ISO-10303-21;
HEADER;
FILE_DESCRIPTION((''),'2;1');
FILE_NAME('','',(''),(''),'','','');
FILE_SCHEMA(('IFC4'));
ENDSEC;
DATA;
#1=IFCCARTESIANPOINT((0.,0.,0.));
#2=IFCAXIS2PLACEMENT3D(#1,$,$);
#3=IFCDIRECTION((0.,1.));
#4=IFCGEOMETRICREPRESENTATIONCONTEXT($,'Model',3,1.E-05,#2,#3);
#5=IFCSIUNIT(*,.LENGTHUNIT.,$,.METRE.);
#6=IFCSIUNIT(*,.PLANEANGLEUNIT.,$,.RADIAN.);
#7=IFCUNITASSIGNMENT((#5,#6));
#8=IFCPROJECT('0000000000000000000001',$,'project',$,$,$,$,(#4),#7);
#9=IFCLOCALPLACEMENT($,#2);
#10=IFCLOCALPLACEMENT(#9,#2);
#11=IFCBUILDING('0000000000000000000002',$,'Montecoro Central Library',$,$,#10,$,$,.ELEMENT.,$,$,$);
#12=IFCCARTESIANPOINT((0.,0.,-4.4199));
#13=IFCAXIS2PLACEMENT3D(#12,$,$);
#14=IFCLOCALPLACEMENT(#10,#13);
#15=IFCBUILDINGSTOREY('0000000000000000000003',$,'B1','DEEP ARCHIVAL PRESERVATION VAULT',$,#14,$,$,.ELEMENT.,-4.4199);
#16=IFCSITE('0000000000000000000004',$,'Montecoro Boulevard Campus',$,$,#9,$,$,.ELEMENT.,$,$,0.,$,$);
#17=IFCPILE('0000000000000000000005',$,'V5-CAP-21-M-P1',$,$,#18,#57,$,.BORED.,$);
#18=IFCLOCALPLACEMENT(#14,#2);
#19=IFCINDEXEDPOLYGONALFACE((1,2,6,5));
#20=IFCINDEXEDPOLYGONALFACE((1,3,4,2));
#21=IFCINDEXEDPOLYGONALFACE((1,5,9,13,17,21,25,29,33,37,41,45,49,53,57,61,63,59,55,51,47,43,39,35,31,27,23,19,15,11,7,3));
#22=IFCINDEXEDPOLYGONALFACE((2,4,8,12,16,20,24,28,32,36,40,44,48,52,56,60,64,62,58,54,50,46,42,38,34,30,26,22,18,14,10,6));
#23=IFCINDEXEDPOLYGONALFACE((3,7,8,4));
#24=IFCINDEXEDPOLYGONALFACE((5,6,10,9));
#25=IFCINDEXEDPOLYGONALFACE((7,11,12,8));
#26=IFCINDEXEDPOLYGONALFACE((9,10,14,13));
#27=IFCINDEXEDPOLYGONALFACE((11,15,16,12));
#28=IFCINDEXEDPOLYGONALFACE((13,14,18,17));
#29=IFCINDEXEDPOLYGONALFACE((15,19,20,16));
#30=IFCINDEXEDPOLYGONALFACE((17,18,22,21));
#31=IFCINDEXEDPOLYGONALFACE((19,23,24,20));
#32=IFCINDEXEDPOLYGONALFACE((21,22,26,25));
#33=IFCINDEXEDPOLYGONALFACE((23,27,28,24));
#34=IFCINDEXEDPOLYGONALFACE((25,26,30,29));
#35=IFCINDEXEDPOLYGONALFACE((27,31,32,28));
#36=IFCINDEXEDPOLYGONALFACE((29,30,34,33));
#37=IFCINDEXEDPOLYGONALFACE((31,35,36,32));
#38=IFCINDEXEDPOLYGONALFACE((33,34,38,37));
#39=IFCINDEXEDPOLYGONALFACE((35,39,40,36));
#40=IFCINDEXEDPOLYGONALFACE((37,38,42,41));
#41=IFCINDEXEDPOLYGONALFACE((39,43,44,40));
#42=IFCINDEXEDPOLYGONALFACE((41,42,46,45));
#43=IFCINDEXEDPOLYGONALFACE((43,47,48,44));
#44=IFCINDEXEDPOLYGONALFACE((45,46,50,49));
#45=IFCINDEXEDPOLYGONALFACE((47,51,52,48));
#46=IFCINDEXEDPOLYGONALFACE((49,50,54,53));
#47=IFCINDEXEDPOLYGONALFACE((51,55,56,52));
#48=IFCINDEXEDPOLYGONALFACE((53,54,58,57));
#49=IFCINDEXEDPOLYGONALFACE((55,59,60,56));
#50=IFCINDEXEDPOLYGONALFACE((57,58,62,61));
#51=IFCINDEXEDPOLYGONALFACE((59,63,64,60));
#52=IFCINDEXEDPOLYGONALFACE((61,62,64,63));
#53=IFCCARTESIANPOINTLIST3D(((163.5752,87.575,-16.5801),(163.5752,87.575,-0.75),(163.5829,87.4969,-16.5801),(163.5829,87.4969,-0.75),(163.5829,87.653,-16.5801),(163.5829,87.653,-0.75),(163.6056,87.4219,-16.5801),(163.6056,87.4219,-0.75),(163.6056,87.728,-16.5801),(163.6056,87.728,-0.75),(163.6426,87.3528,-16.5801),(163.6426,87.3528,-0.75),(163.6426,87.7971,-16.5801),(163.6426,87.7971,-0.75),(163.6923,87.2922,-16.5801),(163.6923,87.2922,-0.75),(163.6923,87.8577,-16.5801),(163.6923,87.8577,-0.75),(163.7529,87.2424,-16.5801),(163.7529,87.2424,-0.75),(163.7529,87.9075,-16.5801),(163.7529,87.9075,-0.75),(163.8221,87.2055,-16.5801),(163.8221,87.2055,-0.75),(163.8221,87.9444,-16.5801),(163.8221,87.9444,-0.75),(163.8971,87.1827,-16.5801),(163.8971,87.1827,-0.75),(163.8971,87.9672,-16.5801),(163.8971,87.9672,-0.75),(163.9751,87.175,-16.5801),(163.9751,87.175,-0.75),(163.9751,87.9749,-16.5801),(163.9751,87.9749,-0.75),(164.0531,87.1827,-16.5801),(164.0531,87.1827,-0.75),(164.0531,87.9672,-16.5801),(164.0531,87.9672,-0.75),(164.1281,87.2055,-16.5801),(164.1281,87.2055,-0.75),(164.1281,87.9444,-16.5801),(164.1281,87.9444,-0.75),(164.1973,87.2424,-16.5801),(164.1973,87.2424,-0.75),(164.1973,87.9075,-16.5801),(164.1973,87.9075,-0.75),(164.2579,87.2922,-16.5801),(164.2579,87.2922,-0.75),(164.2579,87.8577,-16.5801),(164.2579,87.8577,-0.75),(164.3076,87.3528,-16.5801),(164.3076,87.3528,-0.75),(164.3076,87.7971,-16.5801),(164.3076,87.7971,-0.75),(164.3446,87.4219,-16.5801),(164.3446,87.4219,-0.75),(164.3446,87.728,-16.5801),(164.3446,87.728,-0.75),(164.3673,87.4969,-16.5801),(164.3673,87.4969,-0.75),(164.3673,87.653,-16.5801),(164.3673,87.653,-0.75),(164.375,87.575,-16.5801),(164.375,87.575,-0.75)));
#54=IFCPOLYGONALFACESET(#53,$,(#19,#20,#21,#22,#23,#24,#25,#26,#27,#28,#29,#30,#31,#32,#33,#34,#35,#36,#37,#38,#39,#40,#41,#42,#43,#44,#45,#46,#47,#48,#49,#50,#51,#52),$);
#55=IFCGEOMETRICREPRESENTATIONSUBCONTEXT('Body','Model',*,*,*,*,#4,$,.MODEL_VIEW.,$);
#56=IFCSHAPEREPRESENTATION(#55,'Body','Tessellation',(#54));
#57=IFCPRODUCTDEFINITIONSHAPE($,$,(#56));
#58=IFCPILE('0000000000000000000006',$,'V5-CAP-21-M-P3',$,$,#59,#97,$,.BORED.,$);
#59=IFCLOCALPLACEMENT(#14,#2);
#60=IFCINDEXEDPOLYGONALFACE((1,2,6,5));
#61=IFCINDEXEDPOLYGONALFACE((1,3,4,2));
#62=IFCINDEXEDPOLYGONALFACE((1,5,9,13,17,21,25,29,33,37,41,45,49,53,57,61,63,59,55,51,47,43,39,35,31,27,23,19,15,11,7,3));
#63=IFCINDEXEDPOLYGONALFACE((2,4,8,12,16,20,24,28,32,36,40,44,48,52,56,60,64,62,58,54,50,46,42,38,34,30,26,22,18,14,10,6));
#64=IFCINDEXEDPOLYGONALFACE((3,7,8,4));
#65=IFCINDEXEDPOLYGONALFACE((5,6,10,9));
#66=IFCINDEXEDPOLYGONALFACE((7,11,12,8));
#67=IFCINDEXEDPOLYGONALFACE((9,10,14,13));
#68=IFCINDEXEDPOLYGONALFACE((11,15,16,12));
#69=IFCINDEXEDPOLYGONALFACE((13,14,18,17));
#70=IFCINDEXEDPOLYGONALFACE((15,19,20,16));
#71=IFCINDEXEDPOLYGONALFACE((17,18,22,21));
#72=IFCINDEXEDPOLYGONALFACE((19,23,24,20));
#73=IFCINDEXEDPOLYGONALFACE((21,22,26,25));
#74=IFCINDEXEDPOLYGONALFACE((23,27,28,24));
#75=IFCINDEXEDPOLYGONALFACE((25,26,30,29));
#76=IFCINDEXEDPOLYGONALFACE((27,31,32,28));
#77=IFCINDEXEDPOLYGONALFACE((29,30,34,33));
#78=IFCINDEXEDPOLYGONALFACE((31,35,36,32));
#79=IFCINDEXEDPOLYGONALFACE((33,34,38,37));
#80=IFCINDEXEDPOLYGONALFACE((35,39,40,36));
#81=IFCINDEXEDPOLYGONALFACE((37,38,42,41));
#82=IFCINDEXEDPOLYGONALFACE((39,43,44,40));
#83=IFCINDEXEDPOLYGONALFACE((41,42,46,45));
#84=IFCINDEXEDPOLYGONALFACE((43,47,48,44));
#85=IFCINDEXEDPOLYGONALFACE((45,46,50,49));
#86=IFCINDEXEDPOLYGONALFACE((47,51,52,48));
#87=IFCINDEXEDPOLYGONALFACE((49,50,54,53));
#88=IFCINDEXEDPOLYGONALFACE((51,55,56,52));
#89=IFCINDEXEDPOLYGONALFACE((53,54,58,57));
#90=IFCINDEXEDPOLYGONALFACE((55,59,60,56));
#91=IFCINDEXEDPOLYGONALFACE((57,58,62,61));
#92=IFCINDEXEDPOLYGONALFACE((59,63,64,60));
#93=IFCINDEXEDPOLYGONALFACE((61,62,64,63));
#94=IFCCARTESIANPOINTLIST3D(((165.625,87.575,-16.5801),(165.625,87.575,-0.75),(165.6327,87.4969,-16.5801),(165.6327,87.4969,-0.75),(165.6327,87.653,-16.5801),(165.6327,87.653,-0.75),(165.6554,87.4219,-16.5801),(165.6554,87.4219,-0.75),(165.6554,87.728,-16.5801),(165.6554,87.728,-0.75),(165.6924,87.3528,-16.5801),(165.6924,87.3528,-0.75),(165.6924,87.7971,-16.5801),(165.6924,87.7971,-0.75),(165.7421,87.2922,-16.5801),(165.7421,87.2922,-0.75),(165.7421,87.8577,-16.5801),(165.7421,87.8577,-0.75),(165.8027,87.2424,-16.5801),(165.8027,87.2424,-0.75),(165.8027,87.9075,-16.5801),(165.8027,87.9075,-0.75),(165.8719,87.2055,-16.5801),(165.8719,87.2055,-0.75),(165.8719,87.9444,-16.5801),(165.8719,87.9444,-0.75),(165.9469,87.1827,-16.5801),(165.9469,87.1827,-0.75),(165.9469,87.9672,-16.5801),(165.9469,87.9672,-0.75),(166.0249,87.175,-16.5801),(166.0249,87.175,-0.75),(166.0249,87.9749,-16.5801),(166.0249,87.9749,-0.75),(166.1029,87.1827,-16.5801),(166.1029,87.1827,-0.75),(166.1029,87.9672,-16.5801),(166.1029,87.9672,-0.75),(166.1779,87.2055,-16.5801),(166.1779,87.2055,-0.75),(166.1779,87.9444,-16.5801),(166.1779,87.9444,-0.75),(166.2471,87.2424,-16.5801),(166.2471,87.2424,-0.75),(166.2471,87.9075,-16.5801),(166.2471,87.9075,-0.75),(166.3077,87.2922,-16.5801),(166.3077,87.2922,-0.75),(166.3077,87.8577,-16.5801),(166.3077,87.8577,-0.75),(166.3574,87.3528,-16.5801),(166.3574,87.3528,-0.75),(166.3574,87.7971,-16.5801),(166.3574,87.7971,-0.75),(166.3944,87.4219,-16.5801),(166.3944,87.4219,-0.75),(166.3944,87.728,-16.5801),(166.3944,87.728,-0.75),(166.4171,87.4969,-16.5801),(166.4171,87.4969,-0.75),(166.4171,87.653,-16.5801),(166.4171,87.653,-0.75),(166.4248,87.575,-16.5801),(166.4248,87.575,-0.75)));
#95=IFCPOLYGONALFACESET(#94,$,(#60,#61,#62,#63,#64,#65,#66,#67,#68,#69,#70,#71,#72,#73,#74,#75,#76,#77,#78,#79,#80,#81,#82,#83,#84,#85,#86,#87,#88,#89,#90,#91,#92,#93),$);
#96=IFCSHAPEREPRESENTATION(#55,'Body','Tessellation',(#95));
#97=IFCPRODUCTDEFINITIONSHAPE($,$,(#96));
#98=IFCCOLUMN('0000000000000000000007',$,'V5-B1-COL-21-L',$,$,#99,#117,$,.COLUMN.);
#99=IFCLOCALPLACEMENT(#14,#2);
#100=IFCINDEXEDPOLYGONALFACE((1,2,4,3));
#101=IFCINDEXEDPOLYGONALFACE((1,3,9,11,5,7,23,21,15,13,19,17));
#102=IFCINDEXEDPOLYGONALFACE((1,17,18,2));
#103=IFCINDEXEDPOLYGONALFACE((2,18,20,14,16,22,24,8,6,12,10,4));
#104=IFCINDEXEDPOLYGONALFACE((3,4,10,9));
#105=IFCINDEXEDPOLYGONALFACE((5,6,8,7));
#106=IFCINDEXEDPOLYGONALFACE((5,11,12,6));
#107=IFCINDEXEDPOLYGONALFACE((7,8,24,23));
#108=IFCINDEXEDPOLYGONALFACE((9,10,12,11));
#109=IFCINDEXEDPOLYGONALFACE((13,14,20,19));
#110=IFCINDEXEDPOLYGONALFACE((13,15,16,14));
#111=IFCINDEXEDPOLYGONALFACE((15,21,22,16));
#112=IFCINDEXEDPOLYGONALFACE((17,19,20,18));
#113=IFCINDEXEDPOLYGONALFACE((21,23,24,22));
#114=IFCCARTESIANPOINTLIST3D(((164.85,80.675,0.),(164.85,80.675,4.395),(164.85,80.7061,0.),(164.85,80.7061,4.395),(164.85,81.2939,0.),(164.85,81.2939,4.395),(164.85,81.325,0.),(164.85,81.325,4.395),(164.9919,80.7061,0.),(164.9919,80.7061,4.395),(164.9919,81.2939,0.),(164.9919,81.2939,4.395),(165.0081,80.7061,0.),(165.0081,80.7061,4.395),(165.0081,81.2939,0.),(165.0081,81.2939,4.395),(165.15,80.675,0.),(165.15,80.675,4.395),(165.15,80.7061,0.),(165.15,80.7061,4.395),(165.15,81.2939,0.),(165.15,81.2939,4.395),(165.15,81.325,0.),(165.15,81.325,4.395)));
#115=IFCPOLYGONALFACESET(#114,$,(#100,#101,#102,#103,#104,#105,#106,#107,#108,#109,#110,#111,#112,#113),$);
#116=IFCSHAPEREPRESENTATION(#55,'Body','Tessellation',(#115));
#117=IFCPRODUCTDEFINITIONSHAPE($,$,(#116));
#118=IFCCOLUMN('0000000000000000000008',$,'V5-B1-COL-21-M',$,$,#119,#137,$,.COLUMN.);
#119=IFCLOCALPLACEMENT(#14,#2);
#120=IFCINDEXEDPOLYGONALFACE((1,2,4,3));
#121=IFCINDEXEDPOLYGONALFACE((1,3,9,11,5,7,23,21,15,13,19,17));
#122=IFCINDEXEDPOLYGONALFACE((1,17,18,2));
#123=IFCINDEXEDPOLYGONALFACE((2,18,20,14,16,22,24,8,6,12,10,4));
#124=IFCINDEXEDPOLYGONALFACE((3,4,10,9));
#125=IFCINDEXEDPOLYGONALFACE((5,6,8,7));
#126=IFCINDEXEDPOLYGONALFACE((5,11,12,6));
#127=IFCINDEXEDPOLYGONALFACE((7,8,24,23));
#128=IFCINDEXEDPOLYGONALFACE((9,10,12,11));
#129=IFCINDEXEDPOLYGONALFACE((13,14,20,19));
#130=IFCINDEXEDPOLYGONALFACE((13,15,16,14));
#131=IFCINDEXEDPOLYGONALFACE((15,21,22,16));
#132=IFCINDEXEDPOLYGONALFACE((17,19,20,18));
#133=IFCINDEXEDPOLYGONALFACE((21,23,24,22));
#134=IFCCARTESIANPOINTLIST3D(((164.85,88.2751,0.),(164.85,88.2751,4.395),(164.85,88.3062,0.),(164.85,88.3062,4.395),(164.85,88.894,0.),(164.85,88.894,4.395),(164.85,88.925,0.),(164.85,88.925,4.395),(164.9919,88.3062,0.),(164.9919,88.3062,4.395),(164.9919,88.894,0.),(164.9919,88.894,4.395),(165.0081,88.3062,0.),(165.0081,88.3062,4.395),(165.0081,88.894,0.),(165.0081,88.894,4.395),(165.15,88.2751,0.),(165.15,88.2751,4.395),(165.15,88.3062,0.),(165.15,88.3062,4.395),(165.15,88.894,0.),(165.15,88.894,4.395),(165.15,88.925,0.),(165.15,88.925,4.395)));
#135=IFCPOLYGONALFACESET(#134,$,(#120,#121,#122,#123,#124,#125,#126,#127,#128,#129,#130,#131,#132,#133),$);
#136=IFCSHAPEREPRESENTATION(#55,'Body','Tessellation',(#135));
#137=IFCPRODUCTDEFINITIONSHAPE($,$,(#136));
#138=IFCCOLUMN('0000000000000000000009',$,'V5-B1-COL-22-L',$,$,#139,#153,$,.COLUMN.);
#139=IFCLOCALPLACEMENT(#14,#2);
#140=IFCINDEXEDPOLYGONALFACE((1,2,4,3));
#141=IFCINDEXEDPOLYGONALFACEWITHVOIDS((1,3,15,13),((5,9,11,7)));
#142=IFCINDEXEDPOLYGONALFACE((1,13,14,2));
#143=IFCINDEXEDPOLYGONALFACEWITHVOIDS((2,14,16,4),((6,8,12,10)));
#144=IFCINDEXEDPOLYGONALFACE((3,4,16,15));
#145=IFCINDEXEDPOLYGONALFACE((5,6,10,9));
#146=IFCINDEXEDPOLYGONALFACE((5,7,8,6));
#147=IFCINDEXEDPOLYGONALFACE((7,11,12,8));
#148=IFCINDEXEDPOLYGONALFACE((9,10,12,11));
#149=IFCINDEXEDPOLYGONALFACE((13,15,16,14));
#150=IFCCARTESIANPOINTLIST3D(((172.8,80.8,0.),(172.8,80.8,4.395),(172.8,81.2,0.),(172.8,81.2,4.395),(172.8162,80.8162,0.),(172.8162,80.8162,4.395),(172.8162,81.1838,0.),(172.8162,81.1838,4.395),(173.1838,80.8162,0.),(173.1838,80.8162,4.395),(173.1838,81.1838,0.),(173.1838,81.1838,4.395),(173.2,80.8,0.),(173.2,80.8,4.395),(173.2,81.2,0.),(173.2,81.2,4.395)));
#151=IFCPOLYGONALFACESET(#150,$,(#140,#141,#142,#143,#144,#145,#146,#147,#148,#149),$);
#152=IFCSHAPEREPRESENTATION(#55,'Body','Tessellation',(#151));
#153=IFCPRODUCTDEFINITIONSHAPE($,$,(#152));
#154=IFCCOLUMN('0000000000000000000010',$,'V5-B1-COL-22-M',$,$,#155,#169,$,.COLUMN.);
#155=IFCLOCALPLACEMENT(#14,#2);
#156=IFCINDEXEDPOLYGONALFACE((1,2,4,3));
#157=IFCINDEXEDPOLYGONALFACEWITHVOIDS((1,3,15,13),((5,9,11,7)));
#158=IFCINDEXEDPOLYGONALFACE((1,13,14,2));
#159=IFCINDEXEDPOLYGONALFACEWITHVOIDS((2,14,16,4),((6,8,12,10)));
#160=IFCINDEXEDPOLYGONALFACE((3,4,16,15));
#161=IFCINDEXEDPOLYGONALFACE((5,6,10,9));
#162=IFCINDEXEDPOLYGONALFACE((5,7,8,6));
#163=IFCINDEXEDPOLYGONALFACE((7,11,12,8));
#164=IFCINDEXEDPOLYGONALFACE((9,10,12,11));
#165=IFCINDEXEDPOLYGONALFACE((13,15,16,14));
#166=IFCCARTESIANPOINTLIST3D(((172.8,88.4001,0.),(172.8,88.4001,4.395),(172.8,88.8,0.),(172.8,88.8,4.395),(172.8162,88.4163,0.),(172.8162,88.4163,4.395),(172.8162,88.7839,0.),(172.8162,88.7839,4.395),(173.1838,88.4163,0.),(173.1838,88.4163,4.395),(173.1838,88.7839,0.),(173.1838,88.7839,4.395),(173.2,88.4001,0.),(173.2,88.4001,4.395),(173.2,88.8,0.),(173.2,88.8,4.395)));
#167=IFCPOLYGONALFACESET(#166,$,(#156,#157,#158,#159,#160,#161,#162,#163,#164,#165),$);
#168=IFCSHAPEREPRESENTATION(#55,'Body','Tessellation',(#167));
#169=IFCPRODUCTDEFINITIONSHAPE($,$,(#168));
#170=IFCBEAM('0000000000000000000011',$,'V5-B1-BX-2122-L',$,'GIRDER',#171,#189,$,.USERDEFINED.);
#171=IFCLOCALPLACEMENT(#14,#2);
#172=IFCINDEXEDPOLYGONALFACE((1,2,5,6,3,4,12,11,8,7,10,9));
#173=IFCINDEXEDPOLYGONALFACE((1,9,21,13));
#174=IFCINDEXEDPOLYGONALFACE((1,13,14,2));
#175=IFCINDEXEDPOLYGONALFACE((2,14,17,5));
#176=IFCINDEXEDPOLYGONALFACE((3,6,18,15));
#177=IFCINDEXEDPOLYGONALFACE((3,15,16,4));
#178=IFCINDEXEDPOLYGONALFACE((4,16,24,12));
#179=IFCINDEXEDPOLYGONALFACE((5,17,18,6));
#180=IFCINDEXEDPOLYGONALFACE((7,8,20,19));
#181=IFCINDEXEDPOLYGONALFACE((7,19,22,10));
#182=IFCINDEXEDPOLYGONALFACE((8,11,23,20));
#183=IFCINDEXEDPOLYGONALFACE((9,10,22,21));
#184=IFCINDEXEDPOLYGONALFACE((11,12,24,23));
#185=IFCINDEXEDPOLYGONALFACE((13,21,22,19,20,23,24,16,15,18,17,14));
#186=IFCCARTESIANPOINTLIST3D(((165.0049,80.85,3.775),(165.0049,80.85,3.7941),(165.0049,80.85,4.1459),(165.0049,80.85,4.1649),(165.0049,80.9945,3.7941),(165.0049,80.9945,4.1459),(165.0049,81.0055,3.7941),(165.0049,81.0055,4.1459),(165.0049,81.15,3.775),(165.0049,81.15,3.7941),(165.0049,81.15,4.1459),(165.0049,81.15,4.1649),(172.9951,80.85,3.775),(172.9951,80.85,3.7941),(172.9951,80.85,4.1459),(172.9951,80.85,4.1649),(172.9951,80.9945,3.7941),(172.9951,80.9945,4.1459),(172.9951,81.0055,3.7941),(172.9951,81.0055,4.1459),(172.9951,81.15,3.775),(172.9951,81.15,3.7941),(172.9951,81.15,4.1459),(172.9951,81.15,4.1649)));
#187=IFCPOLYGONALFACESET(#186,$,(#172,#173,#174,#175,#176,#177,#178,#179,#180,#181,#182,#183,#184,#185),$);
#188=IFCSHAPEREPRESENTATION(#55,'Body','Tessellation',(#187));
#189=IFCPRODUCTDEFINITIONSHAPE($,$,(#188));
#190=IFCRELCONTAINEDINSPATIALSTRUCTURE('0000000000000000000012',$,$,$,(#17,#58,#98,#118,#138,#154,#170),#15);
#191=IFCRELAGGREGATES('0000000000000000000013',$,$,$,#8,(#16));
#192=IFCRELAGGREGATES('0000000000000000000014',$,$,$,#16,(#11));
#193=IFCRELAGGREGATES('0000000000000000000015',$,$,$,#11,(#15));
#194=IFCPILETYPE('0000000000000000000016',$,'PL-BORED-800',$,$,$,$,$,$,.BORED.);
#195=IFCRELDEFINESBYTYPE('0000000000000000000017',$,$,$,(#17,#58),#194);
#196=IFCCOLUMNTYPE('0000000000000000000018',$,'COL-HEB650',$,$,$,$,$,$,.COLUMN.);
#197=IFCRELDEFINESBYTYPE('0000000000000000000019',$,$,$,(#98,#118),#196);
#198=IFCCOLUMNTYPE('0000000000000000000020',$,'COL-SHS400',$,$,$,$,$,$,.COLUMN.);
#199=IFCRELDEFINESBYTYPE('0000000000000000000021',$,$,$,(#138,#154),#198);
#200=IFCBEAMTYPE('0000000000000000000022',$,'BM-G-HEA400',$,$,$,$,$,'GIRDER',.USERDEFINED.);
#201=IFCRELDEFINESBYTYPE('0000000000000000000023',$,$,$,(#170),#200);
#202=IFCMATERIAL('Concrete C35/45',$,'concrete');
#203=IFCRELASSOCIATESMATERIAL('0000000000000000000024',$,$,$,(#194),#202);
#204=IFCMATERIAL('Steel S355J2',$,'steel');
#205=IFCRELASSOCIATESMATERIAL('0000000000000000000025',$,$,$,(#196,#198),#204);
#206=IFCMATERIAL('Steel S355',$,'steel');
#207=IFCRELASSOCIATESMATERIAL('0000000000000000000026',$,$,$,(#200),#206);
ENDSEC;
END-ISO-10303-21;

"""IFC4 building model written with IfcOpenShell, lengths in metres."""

from ifc_helpers import new_model, si_unit, direction, frame, origin, origin_2d, place, context, subcontext, project, spatial, hollow_rectangle, circle, i_section, extrude, material, material_profile, profile_set, type_object, element, save


model = new_model("IFC4")

# Units and contexts
model_context = context("Model", 3, precision=1e-05, world=origin(), true_north=direction((0.0, 1.0)))
body_context = subcontext(model_context, "Body", "Model", "MODEL_VIEW")
ifc_project = project(units=[si_unit("LENGTHUNIT", "METRE"), si_unit("PLANEANGLEUNIT", "RADIAN")], contexts=[model_context])

# Site, building, storey
site_placement = place(None, origin())
site = spatial("IfcSite", under=ifc_project, at=site_placement, Name="Montecoro Boulevard Campus", CompositionType="ELEMENT", RefElevation=0.0)
building_placement = place(site_placement, origin())
building = spatial("IfcBuilding", under=site, at=building_placement, Name="Montecoro Central Library", CompositionType="ELEMENT")
storey_placement = place(building_placement, frame((0.0, 0.0, -4.4199)))
storey = spatial("IfcBuildingStorey", under=building, at=storey_placement, Name="B1", Description="DEEP ARCHIVAL PRESERVATION VAULT", CompositionType="ELEMENT", Elevation=-4.4199)

# Shared definitions
ifc_material_1 = material(Name="Concrete C35/45", Category="concrete")

# Piles
ifc_material_profile_1 = material_profile(ifc_material_1, circle(Radius=0.3999, at=origin_2d()), Name="PILE D800")
ifc_profile_set_1 = profile_set([ifc_material_profile_1], Name="Concrete C35/45")
pile_type_1 = type_object("IfcPileType", Name="PL-BORED-800", PredefinedType="BORED", material=ifc_profile_set_1)
for number, where, z_axis, x_axis, name in (
    (1, (163.9751, 87.575, -0.75), (0.0, 0.0, -1.0), (1.0, 0.0, 0.0), "V5-CAP-21-M-P1"),
    (2, (166.0249, 87.575, -0.75), (0.0, 0.0, -1.0), (1.0, 0.0, 0.0), "V5-CAP-21-M-P3"),
):
    element("IfcPile", number, at=place(storey_placement, frame(where, z_axis=z_axis, x_axis=x_axis)), inside=storey, type_object=pile_type_1, Name=name, PredefinedType="BORED", context=body_context, shape_type="SweptSolid", body=[
        extrude(circle(Radius=0.3999, at=origin_2d()), origin(), (0.0, 0.0, 1.0), 15.8301),
    ])

# Columns
ifc_material_2 = material(Name="Steel S355J2", Category="steel")
ifc_material_profile_2 = material_profile(ifc_material_2, i_section(OverallWidth=0.3, OverallDepth=0.6499, WebThickness=0.0161, FlangeThickness=0.031, at=origin_2d()), Name="HEB 650")
ifc_profile_set_2 = profile_set([ifc_material_profile_2], Name="Steel S355J2")
column_type_1 = type_object("IfcColumnType", Name="COL-HEB650", PredefinedType="COLUMN", material=ifc_profile_set_2)
for number, where, z_axis, x_axis, name in (
    (3, (165.0, 81.0, 0.0), (0.0, 0.0, 1.0), (1.0, 0.0, 0.0), "V5-B1-COL-21-L"),
    (4, (165.0, 88.6001, 0.0), (0.0, 0.0, 1.0), (1.0, 0.0, 0.0), "V5-B1-COL-21-M"),
):
    element("IfcColumn", number, at=place(storey_placement, frame(where, z_axis=z_axis, x_axis=x_axis)), inside=storey, type_object=column_type_1, Name=name, PredefinedType="COLUMN", context=body_context, shape_type="SweptSolid", body=[
        extrude(i_section(OverallWidth=0.3, OverallDepth=0.6499, WebThickness=0.0161, FlangeThickness=0.031, at=origin_2d()), origin(), (0.0, 0.0, 1.0), 4.395),
    ])
ifc_material_profile_3 = material_profile(ifc_material_2, hollow_rectangle(XDim=0.3999, YDim=0.3999, WallThickness=0.0161, at=origin_2d()), Name="SHS 400x400x16.0")
ifc_profile_set_3 = profile_set([ifc_material_profile_3], Name="Steel S355J2")
column_type_2 = type_object("IfcColumnType", Name="COL-SHS400", PredefinedType="COLUMN", material=ifc_profile_set_3)
for number, where, z_axis, x_axis, name in (
    (5, (173.0, 81.0, 0.0), (0.0, 0.0, 1.0), (1.0, 0.0, 0.0), "V5-B1-COL-22-L"),
    (6, (173.0, 88.6001, 0.0), (0.0, 0.0, 1.0), (1.0, 0.0, 0.0), "V5-B1-COL-22-M"),
):
    element("IfcColumn", number, at=place(storey_placement, frame(where, z_axis=z_axis, x_axis=x_axis)), inside=storey, type_object=column_type_2, Name=name, PredefinedType="COLUMN", context=body_context, shape_type="SweptSolid", body=[
        extrude(hollow_rectangle(XDim=0.3999, YDim=0.3999, WallThickness=0.0161, at=origin_2d()), origin(), (0.0, 0.0, 1.0), 4.395),
    ])

# Beam
ifc_material_3 = material(Name="Steel S355", Category="steel")
ifc_material_profile_4 = material_profile(ifc_material_3, i_section(OverallWidth=0.3, OverallDepth=0.3899, WebThickness=0.011, FlangeThickness=0.019, at=origin_2d()), Name="HEA 400")
ifc_profile_set_4 = profile_set([ifc_material_profile_4], Name="Steel S355")
beam_type_1 = type_object("IfcBeamType", Name="BM-G-HEA400", ElementType="GIRDER", PredefinedType="USERDEFINED", material=ifc_profile_set_4)
for number, where, z_axis, x_axis, name in (
    (7, (165.0049, 81.0, 3.97), (1.0, 0.0, 0.0), (0.0, 1.0, 0.0), "V5-B1-BX-2122-L"),
):
    element("IfcBeam", number, at=place(storey_placement, frame(where, z_axis=z_axis, x_axis=x_axis)), inside=storey, type_object=beam_type_1, Name=name, ObjectType="GIRDER", PredefinedType="USERDEFINED", context=body_context, shape_type="SweptSolid", body=[
        extrude(i_section(OverallWidth=0.3, OverallDepth=0.3899, WebThickness=0.011, FlangeThickness=0.019, at=origin_2d()), origin(), (0.0, 0.0, 1.0), 7.9902),
    ])

save(model, "model.ifc")
